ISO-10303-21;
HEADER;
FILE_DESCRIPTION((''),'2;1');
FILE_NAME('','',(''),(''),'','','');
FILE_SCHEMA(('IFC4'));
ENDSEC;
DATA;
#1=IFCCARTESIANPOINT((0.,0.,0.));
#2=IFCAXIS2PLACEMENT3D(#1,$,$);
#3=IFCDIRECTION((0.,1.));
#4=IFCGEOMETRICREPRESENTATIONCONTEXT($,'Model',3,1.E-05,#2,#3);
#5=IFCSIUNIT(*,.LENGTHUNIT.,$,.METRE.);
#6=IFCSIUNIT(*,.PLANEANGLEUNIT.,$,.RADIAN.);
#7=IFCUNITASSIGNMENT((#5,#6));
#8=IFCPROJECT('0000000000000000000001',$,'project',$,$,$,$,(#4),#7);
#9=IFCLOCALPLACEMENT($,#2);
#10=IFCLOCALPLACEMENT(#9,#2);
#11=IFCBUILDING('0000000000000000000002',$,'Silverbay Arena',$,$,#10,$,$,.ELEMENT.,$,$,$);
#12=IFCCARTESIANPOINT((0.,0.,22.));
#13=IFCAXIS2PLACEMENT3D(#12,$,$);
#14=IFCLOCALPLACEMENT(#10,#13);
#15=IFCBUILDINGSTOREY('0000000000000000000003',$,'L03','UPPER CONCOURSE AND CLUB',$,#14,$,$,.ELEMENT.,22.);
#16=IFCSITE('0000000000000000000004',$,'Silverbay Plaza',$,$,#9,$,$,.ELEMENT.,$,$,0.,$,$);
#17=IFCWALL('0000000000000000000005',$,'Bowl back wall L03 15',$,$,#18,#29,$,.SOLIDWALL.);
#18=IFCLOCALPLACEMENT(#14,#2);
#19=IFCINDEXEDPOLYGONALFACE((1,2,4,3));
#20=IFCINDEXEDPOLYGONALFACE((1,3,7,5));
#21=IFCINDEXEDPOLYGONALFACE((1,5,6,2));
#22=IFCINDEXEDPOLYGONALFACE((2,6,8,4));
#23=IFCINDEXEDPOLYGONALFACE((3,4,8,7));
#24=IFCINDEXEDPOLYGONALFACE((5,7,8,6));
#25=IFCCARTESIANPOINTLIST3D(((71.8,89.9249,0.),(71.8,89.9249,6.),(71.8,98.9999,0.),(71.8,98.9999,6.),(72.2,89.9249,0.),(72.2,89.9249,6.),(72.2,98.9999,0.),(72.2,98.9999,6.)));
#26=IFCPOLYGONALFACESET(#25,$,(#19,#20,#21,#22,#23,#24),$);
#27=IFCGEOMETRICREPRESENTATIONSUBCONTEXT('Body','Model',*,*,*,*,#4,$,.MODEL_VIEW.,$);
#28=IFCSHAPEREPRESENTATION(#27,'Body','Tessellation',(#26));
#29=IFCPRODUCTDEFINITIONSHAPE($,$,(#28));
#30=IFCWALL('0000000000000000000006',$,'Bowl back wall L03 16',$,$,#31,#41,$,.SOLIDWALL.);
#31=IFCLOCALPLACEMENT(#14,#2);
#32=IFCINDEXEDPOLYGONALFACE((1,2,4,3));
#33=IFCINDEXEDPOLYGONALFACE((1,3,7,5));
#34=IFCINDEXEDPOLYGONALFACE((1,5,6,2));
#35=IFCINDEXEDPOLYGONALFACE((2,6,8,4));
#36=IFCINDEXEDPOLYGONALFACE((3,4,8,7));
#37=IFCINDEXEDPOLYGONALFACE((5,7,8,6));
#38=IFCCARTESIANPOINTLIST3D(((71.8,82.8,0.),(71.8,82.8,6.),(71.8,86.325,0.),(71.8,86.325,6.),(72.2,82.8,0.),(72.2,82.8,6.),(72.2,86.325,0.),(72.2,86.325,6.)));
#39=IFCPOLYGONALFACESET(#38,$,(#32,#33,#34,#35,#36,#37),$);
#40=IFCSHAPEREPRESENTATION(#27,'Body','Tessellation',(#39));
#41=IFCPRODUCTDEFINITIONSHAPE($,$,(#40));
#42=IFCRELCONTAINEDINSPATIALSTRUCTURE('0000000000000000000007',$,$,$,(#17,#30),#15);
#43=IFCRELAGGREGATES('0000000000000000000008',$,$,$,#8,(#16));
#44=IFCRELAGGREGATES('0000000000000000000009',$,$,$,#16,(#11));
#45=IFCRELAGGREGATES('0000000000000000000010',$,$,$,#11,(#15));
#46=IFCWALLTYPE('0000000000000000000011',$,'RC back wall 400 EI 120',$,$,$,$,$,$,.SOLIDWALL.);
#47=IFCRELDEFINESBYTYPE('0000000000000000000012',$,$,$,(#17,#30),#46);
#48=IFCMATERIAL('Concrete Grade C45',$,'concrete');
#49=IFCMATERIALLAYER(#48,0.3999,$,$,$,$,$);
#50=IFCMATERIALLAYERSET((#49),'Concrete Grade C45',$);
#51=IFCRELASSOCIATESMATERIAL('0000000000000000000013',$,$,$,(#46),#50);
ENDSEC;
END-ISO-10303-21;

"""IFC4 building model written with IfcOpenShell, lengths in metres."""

from ifc_helpers import new_model, si_unit, direction, frame, frame_2d, origin, place, context, subcontext, project, spatial, rectangle, extrude, material, layer, layer_set, type_object, element, save


model = new_model("IFC4")

# Units and contexts
model_context = context("Model", 3, precision=1e-05, world=origin(), true_north=direction((0.0, 1.0)))
body_context = subcontext(model_context, "Body", "Model", "MODEL_VIEW")
ifc_project = project(units=[si_unit("LENGTHUNIT", "METRE"), si_unit("PLANEANGLEUNIT", "RADIAN")], contexts=[model_context])

# Site, building, storey
site_placement = place(None, origin())
site = spatial("IfcSite", under=ifc_project, at=site_placement, Name="Silverbay Plaza", CompositionType="ELEMENT", RefElevation=0.0)
building_placement = place(site_placement, origin())
building = spatial("IfcBuilding", under=site, at=building_placement, Name="Silverbay Arena", CompositionType="ELEMENT")
storey_placement = place(building_placement, frame((0.0, 0.0, 22.0)))
storey = spatial("IfcBuildingStorey", under=building, at=storey_placement, Name="L03", Description="UPPER CONCOURSE AND CLUB", CompositionType="ELEMENT", Elevation=22.0)

# Walls
ifc_material_1 = material(Name="Concrete Grade C45", Category="concrete")
ifc_layer_1 = layer(ifc_material_1, 0.3999)
ifc_layer_set_1 = layer_set([ifc_layer_1], Name="Concrete Grade C45")
wall_type_1 = type_object("IfcWallType", Name="RC back wall 400 EI 120", PredefinedType="SOLIDWALL", material=ifc_layer_set_1)
wall_1_placement = place(storey_placement, frame((72.0, 99.0, 0.0), z_axis=(0.0, 0.0, 1.0), x_axis=(0.0, -1.0, 0.0)))
element("IfcWall", 1, at=wall_1_placement, inside=storey, type_object=wall_type_1, Name="Bowl back wall L03 15", PredefinedType="SOLIDWALL", context=body_context, shape_type="SweptSolid", body=[
    extrude(rectangle(XDim=9.075, YDim=0.3999, at=frame_2d((4.5376, 0.0))), origin(), (0.0, 0.0, 1.0), 6.0),
])
wall_2_placement = place(storey_placement, frame((72.0, 86.325, 0.0), z_axis=(0.0, 0.0, 1.0), x_axis=(0.0, -1.0, 0.0)))
element("IfcWall", 2, at=wall_2_placement, inside=storey, type_object=wall_type_1, Name="Bowl back wall L03 16", PredefinedType="SOLIDWALL", context=body_context, shape_type="SweptSolid", body=[
    extrude(rectangle(XDim=3.5249, YDim=0.3999, at=frame_2d((1.7625, 0.0))), origin(), (0.0, 0.0, 1.0), 6.0),
])

save(model, "model.ifc")
